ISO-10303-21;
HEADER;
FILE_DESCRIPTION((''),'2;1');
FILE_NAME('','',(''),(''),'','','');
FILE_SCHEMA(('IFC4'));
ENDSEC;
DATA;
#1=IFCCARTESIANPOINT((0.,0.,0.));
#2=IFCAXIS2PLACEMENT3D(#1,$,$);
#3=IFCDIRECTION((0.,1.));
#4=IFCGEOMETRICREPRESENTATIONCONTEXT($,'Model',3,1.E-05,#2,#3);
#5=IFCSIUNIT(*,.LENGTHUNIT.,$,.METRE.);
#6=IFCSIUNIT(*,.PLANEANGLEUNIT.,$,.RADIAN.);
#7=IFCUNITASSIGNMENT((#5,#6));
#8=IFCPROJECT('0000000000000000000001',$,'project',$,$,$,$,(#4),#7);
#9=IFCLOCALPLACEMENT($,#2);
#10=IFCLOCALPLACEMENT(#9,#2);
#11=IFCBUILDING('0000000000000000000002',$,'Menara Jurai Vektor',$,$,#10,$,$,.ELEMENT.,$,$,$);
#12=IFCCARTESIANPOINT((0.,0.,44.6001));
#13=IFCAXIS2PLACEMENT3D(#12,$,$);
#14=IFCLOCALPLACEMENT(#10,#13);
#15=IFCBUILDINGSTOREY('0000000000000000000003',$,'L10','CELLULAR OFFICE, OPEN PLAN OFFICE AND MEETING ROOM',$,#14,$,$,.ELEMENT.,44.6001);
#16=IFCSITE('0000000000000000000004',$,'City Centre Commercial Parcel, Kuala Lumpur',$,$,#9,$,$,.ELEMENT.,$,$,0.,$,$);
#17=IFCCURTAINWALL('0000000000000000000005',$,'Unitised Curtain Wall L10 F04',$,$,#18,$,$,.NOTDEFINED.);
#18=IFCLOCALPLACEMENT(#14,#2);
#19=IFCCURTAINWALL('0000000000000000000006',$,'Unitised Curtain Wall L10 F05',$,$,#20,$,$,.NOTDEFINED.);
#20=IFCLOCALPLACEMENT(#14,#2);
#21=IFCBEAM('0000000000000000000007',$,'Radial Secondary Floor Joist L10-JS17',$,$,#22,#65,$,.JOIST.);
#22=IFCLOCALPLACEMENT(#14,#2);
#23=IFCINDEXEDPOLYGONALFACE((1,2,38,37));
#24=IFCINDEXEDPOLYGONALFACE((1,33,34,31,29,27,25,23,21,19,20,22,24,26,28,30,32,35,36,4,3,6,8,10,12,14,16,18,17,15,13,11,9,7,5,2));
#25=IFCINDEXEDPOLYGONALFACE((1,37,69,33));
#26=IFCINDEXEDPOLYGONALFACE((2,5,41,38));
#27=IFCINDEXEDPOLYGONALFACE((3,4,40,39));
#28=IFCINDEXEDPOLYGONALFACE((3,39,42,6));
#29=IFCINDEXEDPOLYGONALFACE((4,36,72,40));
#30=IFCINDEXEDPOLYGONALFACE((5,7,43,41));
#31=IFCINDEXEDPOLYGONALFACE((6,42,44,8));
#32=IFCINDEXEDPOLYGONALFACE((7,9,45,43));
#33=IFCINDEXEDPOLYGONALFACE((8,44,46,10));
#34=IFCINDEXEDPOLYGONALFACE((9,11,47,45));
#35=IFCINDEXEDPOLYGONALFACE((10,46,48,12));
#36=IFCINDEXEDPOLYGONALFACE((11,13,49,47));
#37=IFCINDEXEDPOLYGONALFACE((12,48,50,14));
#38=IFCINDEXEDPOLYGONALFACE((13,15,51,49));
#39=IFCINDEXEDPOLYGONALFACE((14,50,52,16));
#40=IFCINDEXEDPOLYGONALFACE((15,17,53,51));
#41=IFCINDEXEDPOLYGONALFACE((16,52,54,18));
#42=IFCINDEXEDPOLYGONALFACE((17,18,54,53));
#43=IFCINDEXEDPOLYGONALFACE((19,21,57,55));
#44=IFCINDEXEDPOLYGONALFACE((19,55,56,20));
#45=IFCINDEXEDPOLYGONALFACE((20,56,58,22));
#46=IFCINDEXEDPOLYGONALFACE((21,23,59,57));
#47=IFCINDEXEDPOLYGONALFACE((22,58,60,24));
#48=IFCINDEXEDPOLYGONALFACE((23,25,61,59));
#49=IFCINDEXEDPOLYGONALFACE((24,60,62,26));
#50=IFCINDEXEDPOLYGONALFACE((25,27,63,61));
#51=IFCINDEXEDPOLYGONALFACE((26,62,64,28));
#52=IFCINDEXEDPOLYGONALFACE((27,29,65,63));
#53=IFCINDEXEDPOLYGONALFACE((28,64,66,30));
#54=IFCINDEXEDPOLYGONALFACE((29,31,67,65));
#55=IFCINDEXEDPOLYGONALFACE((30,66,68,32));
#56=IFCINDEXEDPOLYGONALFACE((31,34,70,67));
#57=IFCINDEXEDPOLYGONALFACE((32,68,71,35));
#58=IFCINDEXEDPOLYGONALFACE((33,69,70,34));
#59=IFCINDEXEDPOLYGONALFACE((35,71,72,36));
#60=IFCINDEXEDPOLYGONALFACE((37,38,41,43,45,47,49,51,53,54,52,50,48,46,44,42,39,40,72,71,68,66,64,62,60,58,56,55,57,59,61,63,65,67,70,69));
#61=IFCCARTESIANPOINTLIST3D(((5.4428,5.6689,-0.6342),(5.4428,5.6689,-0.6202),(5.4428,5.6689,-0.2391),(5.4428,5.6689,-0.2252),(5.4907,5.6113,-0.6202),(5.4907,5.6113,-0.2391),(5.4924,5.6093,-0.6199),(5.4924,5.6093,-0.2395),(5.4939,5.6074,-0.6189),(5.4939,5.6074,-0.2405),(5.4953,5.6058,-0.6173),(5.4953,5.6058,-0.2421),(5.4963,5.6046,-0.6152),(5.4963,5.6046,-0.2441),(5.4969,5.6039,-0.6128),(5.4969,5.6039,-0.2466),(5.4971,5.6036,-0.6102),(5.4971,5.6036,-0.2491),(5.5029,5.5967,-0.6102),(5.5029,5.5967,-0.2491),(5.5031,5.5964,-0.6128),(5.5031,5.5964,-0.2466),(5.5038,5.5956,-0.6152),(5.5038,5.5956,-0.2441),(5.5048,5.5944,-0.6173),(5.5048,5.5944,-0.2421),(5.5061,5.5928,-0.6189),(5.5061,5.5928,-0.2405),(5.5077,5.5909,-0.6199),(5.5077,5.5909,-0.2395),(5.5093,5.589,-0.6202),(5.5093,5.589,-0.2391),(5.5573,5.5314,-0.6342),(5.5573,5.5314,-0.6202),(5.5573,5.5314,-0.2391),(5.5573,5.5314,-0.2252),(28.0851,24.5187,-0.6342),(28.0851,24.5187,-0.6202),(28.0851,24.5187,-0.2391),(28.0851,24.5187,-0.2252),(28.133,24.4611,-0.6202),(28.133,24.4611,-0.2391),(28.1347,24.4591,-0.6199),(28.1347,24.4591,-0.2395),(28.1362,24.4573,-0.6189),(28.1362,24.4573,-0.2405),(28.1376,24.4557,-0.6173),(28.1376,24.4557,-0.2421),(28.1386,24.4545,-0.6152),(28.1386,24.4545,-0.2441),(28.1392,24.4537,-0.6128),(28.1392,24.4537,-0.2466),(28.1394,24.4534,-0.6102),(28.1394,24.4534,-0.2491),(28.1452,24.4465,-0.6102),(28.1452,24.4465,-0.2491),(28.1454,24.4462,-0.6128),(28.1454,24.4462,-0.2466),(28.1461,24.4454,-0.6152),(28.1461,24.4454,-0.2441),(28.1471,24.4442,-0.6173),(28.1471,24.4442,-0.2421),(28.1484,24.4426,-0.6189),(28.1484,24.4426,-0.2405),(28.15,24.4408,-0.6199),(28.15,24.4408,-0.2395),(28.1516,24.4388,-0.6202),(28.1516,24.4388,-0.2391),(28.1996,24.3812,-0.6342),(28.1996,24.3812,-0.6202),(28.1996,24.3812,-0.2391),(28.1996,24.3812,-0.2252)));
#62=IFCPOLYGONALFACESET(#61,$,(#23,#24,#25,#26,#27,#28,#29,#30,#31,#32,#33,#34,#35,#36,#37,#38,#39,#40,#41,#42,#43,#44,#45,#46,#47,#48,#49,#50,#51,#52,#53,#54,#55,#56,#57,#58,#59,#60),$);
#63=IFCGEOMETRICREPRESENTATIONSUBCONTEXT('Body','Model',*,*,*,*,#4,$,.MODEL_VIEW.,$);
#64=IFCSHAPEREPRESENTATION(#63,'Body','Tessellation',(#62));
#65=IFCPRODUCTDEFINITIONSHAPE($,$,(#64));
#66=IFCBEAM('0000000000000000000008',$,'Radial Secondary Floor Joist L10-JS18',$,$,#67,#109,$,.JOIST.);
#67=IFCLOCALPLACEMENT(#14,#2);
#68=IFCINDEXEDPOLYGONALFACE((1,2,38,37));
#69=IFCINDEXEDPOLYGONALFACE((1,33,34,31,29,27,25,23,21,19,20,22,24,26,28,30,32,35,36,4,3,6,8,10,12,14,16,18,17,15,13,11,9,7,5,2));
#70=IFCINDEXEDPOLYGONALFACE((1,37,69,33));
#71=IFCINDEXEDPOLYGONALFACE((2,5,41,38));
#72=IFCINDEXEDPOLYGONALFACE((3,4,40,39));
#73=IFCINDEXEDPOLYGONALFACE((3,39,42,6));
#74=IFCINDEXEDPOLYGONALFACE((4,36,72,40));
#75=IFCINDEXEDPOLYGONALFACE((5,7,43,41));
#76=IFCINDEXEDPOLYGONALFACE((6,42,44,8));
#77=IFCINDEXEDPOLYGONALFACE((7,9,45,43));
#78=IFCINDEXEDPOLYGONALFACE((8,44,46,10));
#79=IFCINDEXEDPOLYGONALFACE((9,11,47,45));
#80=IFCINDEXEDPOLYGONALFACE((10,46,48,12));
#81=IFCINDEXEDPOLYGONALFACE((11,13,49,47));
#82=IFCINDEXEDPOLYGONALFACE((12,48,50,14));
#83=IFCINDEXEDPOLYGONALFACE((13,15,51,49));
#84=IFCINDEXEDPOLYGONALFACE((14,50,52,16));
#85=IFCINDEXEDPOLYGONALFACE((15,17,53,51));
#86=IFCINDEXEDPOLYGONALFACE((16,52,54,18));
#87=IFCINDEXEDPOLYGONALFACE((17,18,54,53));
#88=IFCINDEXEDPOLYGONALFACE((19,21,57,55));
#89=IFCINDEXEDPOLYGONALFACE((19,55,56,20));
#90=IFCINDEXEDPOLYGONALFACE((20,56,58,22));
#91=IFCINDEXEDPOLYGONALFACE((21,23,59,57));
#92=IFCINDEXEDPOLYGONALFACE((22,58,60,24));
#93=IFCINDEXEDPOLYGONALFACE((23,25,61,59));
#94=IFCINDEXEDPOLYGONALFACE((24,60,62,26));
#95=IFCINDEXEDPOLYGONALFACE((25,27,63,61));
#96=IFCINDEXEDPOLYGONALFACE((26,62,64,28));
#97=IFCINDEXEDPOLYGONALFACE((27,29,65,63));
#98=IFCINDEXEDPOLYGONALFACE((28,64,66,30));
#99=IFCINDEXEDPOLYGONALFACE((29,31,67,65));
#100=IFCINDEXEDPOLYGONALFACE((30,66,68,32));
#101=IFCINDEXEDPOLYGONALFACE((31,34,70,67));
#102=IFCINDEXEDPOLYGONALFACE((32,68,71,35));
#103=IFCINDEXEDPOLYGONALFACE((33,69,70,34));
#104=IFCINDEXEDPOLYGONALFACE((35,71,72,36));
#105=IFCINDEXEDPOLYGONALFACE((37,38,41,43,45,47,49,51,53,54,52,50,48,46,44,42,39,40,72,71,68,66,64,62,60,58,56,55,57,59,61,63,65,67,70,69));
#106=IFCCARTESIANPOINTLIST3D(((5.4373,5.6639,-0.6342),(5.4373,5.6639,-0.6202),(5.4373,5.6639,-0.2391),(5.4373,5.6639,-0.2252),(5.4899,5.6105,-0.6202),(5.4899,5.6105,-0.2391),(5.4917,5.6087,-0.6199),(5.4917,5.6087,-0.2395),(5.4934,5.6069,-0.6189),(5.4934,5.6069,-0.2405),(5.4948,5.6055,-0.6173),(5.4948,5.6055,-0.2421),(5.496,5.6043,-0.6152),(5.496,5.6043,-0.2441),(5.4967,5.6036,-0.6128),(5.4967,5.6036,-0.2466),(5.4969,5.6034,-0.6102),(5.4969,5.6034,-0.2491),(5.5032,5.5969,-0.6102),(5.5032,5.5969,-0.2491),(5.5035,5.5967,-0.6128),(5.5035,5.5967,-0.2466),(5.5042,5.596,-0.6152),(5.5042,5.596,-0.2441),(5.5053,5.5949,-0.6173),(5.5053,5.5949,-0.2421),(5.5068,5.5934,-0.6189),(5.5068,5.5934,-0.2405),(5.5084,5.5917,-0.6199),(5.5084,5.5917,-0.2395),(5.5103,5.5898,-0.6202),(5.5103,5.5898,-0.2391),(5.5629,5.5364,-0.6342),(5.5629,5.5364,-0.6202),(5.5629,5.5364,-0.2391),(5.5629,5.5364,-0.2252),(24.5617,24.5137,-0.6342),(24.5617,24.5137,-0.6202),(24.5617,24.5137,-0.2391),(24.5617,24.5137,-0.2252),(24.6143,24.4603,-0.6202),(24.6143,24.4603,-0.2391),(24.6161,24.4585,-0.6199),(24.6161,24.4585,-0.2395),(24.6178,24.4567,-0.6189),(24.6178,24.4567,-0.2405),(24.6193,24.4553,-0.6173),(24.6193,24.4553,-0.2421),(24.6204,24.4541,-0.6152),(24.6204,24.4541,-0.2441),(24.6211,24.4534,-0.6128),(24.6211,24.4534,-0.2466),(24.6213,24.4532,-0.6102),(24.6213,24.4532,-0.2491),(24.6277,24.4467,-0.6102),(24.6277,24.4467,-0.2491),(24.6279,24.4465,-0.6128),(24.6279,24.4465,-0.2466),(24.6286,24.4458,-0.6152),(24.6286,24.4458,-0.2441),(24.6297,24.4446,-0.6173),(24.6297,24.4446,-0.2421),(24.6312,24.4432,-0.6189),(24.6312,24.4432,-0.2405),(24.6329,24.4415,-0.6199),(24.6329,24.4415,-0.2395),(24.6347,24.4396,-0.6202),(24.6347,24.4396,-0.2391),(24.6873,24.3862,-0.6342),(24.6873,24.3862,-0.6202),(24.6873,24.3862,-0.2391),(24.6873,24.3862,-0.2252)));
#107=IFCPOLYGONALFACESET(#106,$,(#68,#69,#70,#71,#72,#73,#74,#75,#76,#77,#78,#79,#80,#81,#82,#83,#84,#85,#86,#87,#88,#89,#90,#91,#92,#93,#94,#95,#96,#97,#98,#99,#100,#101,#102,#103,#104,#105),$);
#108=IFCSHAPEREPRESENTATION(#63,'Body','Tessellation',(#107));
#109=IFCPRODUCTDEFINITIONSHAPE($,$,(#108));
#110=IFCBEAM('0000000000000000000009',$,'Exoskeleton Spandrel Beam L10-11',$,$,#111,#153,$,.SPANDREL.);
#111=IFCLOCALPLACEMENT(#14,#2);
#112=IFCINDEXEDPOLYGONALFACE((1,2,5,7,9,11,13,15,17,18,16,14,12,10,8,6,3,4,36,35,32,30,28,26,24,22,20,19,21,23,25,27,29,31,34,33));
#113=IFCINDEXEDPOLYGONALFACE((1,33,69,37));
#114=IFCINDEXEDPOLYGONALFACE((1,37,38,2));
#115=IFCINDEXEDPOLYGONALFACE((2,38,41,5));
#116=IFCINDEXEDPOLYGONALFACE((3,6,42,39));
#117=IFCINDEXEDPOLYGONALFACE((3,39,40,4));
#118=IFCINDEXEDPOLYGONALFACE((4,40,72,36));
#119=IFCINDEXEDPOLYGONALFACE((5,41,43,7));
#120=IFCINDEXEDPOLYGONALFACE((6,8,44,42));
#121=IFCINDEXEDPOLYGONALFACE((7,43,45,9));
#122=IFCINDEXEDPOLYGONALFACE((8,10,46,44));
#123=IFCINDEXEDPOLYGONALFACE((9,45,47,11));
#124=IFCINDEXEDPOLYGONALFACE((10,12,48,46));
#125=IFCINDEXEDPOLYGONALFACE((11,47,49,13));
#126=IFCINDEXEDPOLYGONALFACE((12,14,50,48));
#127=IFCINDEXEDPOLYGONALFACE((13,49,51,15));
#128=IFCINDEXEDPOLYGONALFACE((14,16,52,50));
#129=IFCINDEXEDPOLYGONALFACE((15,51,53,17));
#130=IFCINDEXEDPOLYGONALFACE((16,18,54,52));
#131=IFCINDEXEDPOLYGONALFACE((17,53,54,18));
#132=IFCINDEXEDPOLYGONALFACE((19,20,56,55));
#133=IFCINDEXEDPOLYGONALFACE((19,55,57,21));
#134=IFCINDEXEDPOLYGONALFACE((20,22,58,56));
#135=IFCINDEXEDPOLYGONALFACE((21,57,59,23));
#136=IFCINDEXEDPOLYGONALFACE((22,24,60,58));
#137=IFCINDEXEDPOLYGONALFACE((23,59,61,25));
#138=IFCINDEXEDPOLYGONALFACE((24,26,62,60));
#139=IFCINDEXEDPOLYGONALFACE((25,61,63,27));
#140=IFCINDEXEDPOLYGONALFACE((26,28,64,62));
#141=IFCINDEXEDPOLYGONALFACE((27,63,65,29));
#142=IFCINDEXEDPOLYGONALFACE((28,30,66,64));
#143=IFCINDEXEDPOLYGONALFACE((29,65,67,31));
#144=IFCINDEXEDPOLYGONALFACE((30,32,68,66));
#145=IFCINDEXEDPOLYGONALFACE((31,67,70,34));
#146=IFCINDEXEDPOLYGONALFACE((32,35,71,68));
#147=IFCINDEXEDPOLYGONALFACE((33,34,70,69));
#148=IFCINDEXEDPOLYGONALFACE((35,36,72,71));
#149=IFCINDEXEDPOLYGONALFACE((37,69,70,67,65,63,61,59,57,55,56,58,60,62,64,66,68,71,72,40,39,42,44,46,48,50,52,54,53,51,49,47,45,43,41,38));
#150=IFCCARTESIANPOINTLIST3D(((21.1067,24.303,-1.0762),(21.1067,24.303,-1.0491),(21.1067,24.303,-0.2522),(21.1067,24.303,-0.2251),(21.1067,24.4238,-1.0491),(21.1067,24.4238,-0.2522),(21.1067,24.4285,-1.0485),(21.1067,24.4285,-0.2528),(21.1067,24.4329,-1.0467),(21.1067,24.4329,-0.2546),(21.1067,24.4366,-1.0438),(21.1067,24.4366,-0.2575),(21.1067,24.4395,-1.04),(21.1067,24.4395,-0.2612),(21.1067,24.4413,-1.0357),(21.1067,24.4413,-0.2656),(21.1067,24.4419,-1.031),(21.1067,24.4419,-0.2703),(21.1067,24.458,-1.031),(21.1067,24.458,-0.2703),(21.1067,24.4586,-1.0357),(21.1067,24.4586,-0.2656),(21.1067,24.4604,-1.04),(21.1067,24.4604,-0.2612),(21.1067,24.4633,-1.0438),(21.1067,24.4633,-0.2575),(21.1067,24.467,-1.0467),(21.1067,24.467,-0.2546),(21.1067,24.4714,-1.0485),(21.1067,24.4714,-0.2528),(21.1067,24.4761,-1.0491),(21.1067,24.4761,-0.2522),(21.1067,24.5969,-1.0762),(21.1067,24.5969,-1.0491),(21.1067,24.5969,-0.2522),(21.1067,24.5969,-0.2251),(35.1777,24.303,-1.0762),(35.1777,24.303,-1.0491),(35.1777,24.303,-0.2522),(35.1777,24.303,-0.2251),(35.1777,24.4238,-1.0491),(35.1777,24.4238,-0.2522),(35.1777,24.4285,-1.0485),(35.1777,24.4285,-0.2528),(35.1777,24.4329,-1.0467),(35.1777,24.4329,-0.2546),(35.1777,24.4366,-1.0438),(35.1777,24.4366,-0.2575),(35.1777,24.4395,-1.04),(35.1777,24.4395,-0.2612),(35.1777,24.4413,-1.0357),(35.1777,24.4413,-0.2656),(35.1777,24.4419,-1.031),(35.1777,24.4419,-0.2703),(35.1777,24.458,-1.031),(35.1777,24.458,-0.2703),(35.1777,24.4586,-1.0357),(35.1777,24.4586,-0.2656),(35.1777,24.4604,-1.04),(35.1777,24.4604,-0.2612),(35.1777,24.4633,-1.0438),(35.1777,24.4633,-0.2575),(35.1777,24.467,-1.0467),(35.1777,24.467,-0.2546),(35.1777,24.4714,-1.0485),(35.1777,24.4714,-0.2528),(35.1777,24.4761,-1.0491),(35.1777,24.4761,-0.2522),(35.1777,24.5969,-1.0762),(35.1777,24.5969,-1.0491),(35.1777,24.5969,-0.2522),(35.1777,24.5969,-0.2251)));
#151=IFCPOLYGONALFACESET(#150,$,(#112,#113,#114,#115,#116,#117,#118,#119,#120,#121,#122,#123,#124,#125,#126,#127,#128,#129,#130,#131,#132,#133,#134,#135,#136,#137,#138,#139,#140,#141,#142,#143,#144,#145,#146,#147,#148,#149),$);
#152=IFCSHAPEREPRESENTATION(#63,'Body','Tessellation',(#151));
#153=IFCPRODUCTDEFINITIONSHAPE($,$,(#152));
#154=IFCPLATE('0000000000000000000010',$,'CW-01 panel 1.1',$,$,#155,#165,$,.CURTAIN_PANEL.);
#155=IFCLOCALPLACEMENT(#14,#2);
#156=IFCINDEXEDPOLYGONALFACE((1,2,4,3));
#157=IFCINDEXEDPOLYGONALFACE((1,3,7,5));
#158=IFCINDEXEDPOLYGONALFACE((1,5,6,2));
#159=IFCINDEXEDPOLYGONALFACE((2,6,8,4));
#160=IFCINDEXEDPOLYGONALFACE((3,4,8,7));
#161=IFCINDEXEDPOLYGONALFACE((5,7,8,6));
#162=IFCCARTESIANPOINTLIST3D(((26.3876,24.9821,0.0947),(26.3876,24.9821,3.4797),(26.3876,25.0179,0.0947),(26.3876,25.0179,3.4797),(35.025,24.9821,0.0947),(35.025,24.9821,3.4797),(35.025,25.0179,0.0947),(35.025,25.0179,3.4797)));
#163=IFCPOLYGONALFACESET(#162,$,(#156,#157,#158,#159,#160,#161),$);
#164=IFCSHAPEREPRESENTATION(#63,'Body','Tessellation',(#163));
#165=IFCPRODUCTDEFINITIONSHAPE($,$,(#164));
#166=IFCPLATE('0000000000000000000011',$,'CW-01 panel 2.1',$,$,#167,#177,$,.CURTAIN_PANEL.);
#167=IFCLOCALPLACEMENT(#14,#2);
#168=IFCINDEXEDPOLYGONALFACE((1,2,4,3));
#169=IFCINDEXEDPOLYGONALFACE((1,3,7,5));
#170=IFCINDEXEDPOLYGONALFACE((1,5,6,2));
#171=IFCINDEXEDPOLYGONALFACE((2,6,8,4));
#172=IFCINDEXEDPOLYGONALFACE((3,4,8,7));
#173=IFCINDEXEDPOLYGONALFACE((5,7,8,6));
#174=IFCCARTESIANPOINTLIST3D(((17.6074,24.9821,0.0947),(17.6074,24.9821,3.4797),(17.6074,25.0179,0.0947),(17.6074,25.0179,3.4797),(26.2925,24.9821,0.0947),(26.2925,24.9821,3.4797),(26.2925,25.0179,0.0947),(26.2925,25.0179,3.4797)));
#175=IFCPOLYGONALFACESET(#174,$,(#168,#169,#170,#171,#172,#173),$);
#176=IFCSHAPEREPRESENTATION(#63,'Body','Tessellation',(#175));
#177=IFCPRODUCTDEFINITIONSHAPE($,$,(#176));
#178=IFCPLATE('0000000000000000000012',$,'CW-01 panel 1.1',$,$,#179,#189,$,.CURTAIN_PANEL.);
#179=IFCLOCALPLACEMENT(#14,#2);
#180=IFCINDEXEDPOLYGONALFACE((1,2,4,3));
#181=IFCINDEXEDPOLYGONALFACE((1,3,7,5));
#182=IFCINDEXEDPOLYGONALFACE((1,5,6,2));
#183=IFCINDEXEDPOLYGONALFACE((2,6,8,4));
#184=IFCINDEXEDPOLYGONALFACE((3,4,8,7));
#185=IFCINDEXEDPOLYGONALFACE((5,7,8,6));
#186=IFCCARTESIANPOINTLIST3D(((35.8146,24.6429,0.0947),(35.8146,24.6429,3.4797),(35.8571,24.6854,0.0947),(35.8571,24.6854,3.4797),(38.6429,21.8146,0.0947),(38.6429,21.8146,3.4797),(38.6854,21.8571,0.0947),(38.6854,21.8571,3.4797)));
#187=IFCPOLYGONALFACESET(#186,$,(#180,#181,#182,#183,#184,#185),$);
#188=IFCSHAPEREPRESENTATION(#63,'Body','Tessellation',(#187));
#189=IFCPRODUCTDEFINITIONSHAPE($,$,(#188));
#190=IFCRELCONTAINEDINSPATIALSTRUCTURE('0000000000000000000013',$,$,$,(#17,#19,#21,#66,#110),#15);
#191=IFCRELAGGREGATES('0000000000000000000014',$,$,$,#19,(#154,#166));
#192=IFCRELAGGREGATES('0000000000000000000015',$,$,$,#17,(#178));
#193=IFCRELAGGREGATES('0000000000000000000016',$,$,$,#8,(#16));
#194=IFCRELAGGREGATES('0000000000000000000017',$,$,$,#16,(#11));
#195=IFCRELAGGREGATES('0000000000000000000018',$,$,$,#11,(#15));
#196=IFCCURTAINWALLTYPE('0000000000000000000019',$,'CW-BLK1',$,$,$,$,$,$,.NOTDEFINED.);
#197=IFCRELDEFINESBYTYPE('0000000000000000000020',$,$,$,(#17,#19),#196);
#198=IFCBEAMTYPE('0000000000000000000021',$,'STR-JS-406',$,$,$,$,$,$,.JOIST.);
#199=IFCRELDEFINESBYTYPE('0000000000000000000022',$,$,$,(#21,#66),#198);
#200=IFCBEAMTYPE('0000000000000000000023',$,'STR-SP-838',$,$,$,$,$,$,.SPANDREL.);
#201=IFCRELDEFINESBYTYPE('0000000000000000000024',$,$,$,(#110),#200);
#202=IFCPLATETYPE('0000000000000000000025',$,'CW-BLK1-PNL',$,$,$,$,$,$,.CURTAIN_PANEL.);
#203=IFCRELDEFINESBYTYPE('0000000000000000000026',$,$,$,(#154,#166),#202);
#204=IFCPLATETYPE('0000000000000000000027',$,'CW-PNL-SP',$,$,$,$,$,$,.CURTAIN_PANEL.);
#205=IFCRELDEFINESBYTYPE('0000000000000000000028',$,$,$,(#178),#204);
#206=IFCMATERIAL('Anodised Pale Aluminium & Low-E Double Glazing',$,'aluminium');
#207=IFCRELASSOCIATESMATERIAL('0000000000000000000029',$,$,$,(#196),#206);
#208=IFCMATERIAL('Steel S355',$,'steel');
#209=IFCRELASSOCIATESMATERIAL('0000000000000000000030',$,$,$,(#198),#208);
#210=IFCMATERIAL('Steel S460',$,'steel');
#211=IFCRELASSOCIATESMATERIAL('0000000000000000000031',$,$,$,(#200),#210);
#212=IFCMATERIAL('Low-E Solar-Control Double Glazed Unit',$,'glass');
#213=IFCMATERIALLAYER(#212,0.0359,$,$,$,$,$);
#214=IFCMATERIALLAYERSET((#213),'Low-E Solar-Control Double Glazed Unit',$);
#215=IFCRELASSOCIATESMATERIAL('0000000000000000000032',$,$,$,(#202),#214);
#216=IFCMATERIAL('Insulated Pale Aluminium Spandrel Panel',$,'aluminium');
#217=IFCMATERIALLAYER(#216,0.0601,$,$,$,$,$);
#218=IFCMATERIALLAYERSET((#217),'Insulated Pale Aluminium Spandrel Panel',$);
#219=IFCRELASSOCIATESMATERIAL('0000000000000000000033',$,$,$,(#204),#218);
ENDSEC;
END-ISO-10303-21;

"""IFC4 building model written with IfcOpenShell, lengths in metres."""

from ifc_helpers import new_model, si_unit, direction, frame, origin, origin_2d, place, context, subcontext, project, spatial, rectangle, i_section, extrude, material, layer, layer_set, material_profile, profile_set, type_object, element, aggregate, save


model = new_model("IFC4")

# Units and contexts
model_context = context("Model", 3, precision=1e-05, world=origin(), true_north=direction((0.0, 1.0)))
body_context = subcontext(model_context, "Body", "Model", "MODEL_VIEW")
ifc_project = project(units=[si_unit("LENGTHUNIT", "METRE"), si_unit("PLANEANGLEUNIT", "RADIAN")], contexts=[model_context])

# Site, building, storey
site_placement = place(None, origin())
site = spatial("IfcSite", under=ifc_project, at=site_placement, Name="City Centre Commercial Parcel, Kuala Lumpur", CompositionType="ELEMENT", RefElevation=0.0)
building_placement = place(site_placement, origin())
building = spatial("IfcBuilding", under=site, at=building_placement, Name="Menara Jurai Vektor", CompositionType="ELEMENT")
storey_placement = place(building_placement, frame((0.0, 0.0, 44.6001)))
storey = spatial("IfcBuildingStorey", under=building, at=storey_placement, Name="L10", Description="CELLULAR OFFICE, OPEN PLAN OFFICE AND MEETING ROOM", CompositionType="ELEMENT", Elevation=44.6001)

# Shared definitions
ifc_material_1 = material(Name="Steel S460", Category="steel")

# Curtain walls
ifc_material_2 = material(Name="Anodised Pale Aluminium & Low-E Double Glazing", Category="aluminium")
curtain_wall_type = type_object("IfcCurtainWallType", Name="CW-BLK1", PredefinedType="NOTDEFINED", material=ifc_material_2)
curtain_wall_1_placement = place(storey_placement, origin())
curtain_wall_1 = element("IfcCurtainWall", 1, at=curtain_wall_1_placement, inside=storey, type_object=curtain_wall_type, Name="Unitised Curtain Wall L10 F04", PredefinedType="NOTDEFINED")
curtain_wall_2_placement = place(storey_placement, origin())
curtain_wall_2 = element("IfcCurtainWall", 2, at=curtain_wall_2_placement, inside=storey, type_object=curtain_wall_type, Name="Unitised Curtain Wall L10 F05", PredefinedType="NOTDEFINED")

# Shared definitions
ifc_material_3 = material(Name="Steel S355", Category="steel")

# Beams
ifc_material_profile_1 = material_profile(ifc_material_3, i_section(OverallWidth=0.179, OverallDepth=0.4089, WebThickness=0.009, FlangeThickness=0.0139, FilletRadius=0.01, at=origin_2d()), Name="UKB 406x178x67")
ifc_profile_set_1 = profile_set([ifc_material_profile_1], Name="Steel S355")
beam_type_1 = type_object("IfcBeamType", Name="STR-JS-406", PredefinedType="JOIST", material=ifc_profile_set_1)
beam_1_placement = place(storey_placement, frame((28.1423, 24.45, -0.4297), z_axis=(-0.768534, -0.639809, 0.0), x_axis=(0.639809, -0.768534, 0.0)))
element("IfcBeam", 3, at=beam_1_placement, inside=storey, type_object=beam_type_1, Name="Radial Secondary Floor Joist L10-JS17", PredefinedType="JOIST", context=body_context, shape_type="SweptSolid", body=[
    extrude(i_section(OverallWidth=0.179, OverallDepth=0.4089, WebThickness=0.009, FlangeThickness=0.0139, FilletRadius=0.01, at=origin_2d()), origin(), (0.0, 0.0, 1.0), 29.4617),
])
beam_2_placement = place(storey_placement, frame((24.6245, 24.45, -0.4297), z_axis=(-0.712202, -0.701974, 0.0), x_axis=(0.701974, -0.712202, 0.0)))
element("IfcBeam", 4, at=beam_2_placement, inside=storey, type_object=beam_type_1, Name="Radial Secondary Floor Joist L10-JS18", PredefinedType="JOIST", context=body_context, shape_type="SweptSolid", body=[
    extrude(i_section(OverallWidth=0.179, OverallDepth=0.4089, WebThickness=0.009, FlangeThickness=0.0139, FilletRadius=0.01, at=origin_2d()), origin(), (0.0, 0.0, 1.0), 26.8525),
])
ifc_material_profile_2 = material_profile(ifc_material_1, i_section(OverallWidth=0.2939, OverallDepth=0.8511, WebThickness=0.0161, FlangeThickness=0.0271, FilletRadius=0.0181, at=origin_2d()), Name="UKB 838x292x226")
ifc_profile_set_2 = profile_set([ifc_material_profile_2], Name="Steel S460")
beam_type_2 = type_object("IfcBeamType", Name="STR-SP-838", PredefinedType="SPANDREL", material=ifc_profile_set_2)
beam_3_placement = place(storey_placement, frame((35.1777, 24.45, -0.6506), z_axis=(-1.0, 0.0, 0.0), x_axis=(0.0, -1.0, 0.0)))
element("IfcBeam", 5, at=beam_3_placement, inside=storey, type_object=beam_type_2, Name="Exoskeleton Spandrel Beam L10-11", PredefinedType="SPANDREL", context=body_context, shape_type="SweptSolid", body=[
    extrude(i_section(OverallWidth=0.2939, OverallDepth=0.8511, WebThickness=0.0161, FlangeThickness=0.0271, FilletRadius=0.0181, at=origin_2d()), origin(), (0.0, 0.0, 1.0), 14.071),
])

# Plates
ifc_material_4 = material(Name="Low-E Solar-Control Double Glazed Unit", Category="glass")
ifc_layer_1 = layer(ifc_material_4, 0.0359)
ifc_layer_set_1 = layer_set([ifc_layer_1], Name="Low-E Solar-Control Double Glazed Unit")
plate_type_1 = type_object("IfcPlateType", Name="CW-BLK1-PNL", PredefinedType="CURTAIN_PANEL", material=ifc_layer_set_1)
plate_1_placement = place(storey_placement, frame((30.7063, 25.0, 0.0947), z_axis=(0.0, 0.0, 1.0), x_axis=(-1.0, 0.0, 0.0)))
plate_1 = element("IfcPlate", 6, at=plate_1_placement, type_object=plate_type_1, Name="CW-01 panel 1.1", PredefinedType="CURTAIN_PANEL", context=body_context, shape_type="SweptSolid", body=[
    extrude(rectangle(XDim=8.6375, YDim=0.0359, at=origin_2d()), origin(), (0.0, 0.0, 1.0), 3.385),
])
plate_2_placement = place(storey_placement, frame((21.95, 25.0, 0.0947), z_axis=(0.0, 0.0, 1.0), x_axis=(-1.0, 0.0, 0.0)))
plate_2 = element("IfcPlate", 7, at=plate_2_placement, type_object=plate_type_1, Name="CW-01 panel 2.1", PredefinedType="CURTAIN_PANEL", context=body_context, shape_type="SweptSolid", body=[
    extrude(rectangle(XDim=8.6851, YDim=0.0359, at=origin_2d()), origin(), (0.0, 0.0, 1.0), 3.385),
])
aggregate(curtain_wall_2, [plate_1, plate_2])
ifc_material_5 = material(Name="Insulated Pale Aluminium Spandrel Panel", Category="aluminium")
ifc_layer_2 = layer(ifc_material_5, 0.0601)
ifc_layer_set_2 = layer_set([ifc_layer_2], Name="Insulated Pale Aluminium Spandrel Panel")
plate_type_2 = type_object("IfcPlateType", Name="CW-PNL-SP", PredefinedType="CURTAIN_PANEL", material=ifc_layer_set_2)
plate_3_placement = place(storey_placement, frame((37.25, 23.25, 0.0947), z_axis=(0.0, 0.0, 1.0), x_axis=(-0.707107, 0.707107, 0.0)))
plate_3 = element("IfcPlate", 8, at=plate_3_placement, type_object=plate_type_2, Name="CW-01 panel 1.1", PredefinedType="CURTAIN_PANEL", context=body_context, shape_type="SweptSolid", body=[
    extrude(rectangle(XDim=3.9998, YDim=0.0601, at=origin_2d()), origin(), (0.0, 0.0, 1.0), 3.385),
])
aggregate(curtain_wall_1, [plate_3])

save(model, "model.ifc")
